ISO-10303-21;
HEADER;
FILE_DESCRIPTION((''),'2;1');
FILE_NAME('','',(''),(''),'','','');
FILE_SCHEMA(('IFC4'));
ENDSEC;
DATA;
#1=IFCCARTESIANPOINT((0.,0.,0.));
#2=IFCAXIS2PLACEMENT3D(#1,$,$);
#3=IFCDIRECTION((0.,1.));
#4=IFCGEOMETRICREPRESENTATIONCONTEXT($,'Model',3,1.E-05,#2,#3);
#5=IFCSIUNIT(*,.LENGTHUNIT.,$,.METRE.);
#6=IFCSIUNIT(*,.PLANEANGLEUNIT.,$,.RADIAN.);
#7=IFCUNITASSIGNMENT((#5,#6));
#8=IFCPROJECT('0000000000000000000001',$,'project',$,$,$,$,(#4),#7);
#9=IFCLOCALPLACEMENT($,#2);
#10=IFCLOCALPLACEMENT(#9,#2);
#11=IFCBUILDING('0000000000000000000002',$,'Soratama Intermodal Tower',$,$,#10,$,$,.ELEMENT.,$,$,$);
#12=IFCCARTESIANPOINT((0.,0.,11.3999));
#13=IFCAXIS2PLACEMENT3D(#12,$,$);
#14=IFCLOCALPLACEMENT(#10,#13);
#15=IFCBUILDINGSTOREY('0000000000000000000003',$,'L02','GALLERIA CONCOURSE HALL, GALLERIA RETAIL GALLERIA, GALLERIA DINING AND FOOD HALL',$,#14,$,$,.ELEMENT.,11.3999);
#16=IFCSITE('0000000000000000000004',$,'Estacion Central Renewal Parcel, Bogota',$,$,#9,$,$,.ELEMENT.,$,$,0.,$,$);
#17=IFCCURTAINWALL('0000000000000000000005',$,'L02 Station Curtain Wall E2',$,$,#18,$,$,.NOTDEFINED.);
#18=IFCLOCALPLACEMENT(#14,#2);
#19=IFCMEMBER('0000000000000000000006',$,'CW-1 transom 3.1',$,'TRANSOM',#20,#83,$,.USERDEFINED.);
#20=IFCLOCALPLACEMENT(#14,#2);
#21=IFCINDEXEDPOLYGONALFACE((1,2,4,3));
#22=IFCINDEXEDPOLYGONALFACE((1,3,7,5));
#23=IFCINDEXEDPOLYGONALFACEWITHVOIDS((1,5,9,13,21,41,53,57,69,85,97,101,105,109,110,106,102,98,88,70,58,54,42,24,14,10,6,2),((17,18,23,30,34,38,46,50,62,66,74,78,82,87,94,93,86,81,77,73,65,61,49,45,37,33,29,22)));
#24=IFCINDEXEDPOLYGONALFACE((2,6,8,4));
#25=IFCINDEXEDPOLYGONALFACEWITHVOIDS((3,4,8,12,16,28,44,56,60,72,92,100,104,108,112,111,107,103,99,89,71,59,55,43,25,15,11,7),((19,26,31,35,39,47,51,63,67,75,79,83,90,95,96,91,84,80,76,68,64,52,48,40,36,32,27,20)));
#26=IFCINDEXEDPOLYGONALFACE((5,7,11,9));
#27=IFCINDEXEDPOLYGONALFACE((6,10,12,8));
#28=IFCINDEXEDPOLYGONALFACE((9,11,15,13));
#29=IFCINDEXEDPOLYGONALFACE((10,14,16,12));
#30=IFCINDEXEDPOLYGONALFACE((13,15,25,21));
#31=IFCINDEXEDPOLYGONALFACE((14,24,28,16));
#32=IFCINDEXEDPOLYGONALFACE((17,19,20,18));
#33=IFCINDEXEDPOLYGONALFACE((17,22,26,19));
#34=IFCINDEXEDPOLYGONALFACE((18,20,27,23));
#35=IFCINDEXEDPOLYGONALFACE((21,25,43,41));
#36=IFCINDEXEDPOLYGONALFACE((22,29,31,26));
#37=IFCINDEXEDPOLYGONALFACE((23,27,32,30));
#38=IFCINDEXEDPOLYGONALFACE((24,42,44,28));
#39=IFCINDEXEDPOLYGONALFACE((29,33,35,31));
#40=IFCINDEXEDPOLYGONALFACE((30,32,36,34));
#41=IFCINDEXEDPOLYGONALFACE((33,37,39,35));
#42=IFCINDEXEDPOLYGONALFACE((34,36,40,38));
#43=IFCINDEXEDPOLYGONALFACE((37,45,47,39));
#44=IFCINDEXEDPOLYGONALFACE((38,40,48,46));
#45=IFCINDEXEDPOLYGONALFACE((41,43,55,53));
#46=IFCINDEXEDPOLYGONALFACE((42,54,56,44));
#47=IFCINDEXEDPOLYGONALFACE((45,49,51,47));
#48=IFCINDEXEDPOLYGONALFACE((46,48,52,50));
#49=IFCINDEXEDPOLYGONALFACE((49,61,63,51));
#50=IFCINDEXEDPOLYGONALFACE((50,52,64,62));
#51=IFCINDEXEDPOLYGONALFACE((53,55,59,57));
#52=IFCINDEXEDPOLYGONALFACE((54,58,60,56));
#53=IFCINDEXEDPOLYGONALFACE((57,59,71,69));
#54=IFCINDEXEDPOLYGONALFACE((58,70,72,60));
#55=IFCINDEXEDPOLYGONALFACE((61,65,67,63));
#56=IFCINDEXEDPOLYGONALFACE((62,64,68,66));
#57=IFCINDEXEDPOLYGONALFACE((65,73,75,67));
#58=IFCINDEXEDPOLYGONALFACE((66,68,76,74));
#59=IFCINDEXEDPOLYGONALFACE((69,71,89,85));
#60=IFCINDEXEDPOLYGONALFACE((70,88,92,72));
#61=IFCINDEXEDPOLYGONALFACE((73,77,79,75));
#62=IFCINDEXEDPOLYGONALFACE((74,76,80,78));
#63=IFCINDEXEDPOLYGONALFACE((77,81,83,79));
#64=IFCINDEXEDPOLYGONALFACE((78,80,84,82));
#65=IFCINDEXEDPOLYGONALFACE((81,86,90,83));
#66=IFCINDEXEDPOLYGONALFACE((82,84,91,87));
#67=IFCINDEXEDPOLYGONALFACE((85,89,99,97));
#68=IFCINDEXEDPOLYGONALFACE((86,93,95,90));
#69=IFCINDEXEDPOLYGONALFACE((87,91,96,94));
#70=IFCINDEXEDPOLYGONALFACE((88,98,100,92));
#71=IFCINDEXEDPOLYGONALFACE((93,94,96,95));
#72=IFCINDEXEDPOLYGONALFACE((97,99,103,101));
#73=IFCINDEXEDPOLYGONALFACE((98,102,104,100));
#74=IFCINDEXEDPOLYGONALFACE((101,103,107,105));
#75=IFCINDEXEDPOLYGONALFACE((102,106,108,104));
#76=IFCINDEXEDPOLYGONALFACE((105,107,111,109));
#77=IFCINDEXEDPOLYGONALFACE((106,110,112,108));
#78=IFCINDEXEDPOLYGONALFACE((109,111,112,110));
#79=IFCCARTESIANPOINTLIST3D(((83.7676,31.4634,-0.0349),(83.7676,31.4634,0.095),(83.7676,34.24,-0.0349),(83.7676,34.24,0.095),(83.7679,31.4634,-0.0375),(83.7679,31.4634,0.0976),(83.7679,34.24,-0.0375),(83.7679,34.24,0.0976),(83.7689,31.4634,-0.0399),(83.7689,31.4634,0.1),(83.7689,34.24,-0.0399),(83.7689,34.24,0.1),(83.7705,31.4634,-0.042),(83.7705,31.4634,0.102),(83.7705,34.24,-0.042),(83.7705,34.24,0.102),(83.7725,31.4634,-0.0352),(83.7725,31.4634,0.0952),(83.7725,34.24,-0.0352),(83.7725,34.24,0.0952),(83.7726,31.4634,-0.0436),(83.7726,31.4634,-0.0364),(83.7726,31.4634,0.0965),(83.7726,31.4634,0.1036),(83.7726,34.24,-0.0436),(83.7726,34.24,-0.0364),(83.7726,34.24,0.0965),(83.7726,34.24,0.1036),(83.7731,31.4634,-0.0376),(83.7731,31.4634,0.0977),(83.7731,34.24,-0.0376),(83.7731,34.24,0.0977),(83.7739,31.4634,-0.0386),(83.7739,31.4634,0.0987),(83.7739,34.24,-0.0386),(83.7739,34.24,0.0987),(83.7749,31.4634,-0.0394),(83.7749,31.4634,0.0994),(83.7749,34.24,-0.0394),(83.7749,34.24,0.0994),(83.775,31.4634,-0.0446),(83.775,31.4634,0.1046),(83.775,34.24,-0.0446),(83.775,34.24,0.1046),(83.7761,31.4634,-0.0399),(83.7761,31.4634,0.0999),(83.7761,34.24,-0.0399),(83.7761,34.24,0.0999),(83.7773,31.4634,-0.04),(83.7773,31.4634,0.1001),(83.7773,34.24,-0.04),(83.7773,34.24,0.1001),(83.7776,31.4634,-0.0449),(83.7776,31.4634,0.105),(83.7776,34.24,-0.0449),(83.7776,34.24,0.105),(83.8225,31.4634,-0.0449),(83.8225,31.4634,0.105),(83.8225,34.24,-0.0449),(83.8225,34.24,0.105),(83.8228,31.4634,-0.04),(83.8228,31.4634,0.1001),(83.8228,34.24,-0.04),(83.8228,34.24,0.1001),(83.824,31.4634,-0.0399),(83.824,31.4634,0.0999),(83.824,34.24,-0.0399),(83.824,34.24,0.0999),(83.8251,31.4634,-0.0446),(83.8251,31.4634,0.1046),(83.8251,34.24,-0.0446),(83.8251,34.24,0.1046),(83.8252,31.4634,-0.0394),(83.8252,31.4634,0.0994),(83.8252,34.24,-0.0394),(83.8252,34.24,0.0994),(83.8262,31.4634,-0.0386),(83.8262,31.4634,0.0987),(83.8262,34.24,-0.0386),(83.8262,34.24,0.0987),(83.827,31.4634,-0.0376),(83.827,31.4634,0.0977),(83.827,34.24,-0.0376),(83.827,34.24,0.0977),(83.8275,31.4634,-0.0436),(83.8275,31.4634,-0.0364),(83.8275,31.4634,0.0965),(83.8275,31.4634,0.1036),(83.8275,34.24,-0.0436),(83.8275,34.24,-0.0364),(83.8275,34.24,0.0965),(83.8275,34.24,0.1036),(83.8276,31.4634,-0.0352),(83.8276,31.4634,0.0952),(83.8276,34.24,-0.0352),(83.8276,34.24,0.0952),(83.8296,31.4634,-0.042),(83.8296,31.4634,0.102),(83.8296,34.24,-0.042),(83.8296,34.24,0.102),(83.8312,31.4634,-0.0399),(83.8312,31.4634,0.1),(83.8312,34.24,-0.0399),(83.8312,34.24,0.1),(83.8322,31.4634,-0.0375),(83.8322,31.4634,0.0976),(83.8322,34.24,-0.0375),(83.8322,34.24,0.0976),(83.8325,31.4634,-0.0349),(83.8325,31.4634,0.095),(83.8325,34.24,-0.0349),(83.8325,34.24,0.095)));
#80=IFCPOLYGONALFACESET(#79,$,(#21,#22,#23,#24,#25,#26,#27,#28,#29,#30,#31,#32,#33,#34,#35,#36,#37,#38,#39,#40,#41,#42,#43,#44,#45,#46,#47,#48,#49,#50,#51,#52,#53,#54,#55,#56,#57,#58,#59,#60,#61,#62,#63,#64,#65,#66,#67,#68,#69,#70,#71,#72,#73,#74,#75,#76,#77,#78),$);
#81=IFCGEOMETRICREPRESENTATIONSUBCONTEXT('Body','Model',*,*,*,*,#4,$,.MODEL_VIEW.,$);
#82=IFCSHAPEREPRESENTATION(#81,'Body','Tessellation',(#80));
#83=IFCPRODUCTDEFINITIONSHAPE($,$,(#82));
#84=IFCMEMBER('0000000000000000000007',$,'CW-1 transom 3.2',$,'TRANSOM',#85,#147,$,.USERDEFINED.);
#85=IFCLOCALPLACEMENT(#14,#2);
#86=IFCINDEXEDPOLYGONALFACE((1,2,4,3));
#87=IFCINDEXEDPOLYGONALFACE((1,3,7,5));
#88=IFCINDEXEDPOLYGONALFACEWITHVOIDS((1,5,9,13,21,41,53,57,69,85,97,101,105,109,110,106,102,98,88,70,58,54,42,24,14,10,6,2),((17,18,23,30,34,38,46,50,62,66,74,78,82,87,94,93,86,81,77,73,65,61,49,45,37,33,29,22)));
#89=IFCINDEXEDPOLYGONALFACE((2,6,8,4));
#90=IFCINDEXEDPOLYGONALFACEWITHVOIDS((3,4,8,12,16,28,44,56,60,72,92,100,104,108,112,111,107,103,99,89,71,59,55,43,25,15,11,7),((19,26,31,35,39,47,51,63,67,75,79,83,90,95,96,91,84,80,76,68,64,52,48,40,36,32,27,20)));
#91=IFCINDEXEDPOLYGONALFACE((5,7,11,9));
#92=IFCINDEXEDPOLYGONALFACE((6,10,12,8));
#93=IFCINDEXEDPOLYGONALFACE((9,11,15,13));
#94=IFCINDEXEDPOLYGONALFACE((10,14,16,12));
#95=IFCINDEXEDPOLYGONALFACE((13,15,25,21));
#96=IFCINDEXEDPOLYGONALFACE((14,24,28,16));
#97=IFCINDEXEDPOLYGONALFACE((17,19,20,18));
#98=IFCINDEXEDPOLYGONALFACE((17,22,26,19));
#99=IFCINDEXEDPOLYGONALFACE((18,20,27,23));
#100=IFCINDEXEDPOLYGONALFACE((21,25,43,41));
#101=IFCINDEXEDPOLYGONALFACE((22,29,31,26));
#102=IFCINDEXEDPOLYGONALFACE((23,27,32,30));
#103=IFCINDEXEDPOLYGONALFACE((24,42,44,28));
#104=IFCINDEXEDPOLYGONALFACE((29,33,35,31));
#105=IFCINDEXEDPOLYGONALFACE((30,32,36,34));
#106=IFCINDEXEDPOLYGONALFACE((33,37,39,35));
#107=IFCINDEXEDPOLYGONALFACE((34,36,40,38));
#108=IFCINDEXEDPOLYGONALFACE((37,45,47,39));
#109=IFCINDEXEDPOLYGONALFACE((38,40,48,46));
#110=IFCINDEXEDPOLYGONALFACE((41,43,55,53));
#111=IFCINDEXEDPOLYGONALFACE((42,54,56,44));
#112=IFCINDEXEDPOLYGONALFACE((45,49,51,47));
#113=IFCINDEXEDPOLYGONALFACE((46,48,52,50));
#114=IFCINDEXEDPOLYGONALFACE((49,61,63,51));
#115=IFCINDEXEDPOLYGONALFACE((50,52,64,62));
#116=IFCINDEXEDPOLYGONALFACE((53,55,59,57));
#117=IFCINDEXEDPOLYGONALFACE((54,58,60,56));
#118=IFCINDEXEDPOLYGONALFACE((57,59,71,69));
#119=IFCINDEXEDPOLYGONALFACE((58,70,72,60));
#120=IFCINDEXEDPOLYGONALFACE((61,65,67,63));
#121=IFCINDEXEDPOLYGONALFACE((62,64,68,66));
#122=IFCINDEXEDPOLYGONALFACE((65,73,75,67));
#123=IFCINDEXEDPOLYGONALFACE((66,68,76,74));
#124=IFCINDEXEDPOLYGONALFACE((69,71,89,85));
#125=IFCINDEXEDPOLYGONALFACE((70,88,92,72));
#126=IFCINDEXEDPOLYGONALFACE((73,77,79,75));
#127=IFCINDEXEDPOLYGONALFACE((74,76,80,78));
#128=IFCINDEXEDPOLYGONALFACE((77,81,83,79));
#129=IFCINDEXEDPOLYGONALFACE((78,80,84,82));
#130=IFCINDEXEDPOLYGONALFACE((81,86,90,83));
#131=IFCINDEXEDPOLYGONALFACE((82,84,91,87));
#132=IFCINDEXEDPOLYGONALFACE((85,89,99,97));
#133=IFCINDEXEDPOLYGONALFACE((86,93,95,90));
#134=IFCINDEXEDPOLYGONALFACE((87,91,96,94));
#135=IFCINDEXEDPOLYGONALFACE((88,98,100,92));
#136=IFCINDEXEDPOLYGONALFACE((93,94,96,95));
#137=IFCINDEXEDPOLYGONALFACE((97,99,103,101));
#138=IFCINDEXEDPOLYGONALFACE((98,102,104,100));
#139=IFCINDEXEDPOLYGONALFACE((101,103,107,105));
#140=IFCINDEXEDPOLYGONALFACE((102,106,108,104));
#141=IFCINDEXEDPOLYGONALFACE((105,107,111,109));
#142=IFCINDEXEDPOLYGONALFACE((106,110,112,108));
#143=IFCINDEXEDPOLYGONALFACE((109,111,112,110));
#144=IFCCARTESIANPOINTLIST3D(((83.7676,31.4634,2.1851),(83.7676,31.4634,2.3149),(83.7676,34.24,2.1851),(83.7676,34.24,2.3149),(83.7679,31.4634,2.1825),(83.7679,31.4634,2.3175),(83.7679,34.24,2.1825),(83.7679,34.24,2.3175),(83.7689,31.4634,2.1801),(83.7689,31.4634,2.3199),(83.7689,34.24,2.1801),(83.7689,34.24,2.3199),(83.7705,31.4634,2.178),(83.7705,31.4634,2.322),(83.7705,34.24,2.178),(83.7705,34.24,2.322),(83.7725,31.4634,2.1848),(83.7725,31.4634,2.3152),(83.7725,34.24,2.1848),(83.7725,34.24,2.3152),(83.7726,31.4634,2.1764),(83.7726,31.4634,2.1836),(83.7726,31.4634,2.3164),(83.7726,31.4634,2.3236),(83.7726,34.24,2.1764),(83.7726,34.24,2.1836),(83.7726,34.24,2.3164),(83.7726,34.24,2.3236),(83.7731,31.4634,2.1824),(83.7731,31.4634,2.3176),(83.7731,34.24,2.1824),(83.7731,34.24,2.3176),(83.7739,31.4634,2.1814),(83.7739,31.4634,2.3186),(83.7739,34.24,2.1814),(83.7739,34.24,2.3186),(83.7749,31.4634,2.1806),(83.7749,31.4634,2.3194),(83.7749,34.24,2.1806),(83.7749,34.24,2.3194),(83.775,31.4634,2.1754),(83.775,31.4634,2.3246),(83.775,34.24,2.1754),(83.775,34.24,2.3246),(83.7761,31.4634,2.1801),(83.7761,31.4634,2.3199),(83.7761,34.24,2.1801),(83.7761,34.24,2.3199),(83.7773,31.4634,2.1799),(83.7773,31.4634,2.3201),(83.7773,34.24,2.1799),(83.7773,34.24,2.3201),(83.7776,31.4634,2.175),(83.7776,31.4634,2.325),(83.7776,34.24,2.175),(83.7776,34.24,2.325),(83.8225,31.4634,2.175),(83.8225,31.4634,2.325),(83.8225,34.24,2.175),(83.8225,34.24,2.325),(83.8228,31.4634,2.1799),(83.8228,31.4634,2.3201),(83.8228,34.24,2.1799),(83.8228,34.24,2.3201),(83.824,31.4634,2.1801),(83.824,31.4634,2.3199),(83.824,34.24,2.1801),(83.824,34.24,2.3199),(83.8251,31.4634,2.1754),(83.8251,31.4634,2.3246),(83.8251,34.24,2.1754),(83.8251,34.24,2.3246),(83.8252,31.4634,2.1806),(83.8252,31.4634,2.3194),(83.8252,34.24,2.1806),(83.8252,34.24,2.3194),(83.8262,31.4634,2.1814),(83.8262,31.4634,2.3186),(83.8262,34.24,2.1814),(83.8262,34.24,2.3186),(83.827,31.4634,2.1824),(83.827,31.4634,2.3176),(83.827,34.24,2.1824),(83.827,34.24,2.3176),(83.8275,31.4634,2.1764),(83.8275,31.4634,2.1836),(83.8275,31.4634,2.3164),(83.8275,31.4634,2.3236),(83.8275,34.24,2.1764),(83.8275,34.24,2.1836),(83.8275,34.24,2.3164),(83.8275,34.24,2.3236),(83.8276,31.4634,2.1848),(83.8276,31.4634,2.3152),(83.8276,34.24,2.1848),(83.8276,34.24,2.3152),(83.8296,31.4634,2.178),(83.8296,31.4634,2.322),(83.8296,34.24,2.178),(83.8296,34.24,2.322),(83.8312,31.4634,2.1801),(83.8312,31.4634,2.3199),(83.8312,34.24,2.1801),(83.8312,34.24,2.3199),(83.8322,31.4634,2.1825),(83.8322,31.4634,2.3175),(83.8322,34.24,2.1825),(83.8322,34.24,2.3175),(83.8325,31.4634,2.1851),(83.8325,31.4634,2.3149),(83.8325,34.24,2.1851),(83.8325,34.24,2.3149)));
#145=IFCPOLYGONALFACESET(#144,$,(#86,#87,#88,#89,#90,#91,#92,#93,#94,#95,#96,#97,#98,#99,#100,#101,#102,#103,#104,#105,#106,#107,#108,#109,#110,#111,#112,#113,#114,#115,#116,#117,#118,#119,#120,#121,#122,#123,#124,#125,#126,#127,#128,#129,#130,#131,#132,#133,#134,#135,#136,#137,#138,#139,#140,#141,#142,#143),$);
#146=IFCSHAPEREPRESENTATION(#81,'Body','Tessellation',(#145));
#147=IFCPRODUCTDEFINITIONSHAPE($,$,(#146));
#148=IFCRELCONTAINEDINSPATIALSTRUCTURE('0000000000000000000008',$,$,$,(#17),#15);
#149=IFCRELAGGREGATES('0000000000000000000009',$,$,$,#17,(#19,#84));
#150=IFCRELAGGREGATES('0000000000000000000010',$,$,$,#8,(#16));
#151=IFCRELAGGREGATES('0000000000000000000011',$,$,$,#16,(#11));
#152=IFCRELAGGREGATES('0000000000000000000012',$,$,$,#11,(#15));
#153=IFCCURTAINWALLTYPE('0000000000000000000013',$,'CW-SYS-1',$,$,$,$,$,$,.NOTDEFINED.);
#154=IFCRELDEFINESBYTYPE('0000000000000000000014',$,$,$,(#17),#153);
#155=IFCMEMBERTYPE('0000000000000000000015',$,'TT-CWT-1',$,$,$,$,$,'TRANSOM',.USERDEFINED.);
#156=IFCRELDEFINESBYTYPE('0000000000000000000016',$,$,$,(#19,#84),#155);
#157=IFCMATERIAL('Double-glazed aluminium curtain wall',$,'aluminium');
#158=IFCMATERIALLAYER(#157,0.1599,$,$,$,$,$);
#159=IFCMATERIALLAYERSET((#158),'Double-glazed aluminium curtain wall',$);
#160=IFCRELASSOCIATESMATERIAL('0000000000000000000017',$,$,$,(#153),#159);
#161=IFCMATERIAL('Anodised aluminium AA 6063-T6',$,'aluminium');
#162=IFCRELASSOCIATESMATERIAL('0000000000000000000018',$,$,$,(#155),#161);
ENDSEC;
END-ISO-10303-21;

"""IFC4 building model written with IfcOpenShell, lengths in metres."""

from ifc_helpers import new_model, si_unit, direction, frame, origin, origin_2d, place, context, subcontext, project, spatial, hollow_rectangle, extrude, material, layer, layer_set, material_profile, profile_set, type_object, element, aggregate, save


model = new_model("IFC4")

# Units and contexts
model_context = context("Model", 3, precision=1e-05, world=origin(), true_north=direction((0.0, 1.0)))
body_context = subcontext(model_context, "Body", "Model", "MODEL_VIEW")
ifc_project = project(units=[si_unit("LENGTHUNIT", "METRE"), si_unit("PLANEANGLEUNIT", "RADIAN")], contexts=[model_context])

# Site, building, storey
site_placement = place(None, origin())
site = spatial("IfcSite", under=ifc_project, at=site_placement, Name="Estacion Central Renewal Parcel, Bogota", CompositionType="ELEMENT", RefElevation=0.0)
building_placement = place(site_placement, origin())
building = spatial("IfcBuilding", under=site, at=building_placement, Name="Soratama Intermodal Tower", CompositionType="ELEMENT")
storey_placement = place(building_placement, frame((0.0, 0.0, 11.3999)))
storey = spatial("IfcBuildingStorey", under=building, at=storey_placement, Name="L02", Description="GALLERIA CONCOURSE HALL, GALLERIA RETAIL GALLERIA, GALLERIA DINING AND FOOD HALL", CompositionType="ELEMENT", Elevation=11.3999)

# Curtain wall, members
ifc_material_1 = material(Name="Double-glazed aluminium curtain wall", Category="aluminium")
ifc_layer_1 = layer(ifc_material_1, 0.1599)
ifc_layer_set_1 = layer_set([ifc_layer_1], Name="Double-glazed aluminium curtain wall")
curtain_wall_type = type_object("IfcCurtainWallType", Name="CW-SYS-1", PredefinedType="NOTDEFINED", material=ifc_layer_set_1)
curtain_wall_placement = place(storey_placement, origin())
curtain_wall = element("IfcCurtainWall", 1, at=curtain_wall_placement, inside=storey, type_object=curtain_wall_type, Name="L02 Station Curtain Wall E2", PredefinedType="NOTDEFINED")
ifc_material_2 = material(Name="Anodised aluminium AA 6063-T6", Category="aluminium")
ifc_material_profile_1 = material_profile(ifc_material_2, hollow_rectangle(XDim=0.0649, YDim=0.1499, WallThickness=0.0049, InnerFilletRadius=0.0049, OuterFilletRadius=0.01, at=origin_2d()), Name="CWT150X65X5")
ifc_profile_set_1 = profile_set([ifc_material_profile_1], Name="Anodised aluminium AA 6063-T6")
member_type_1 = type_object("IfcMemberType", Name="TT-CWT-1", ElementType="TRANSOM", PredefinedType="USERDEFINED", material=ifc_profile_set_1)
member_1_placement = place(storey_placement, frame((83.8, 31.4634, 0.03), z_axis=(0.0, 1.0, 0.0), x_axis=(-1.0, 0.0, 0.0)))
member_1 = element("IfcMember", 2, at=member_1_placement, type_object=member_type_1, Name="CW-1 transom 3.1", ObjectType="TRANSOM", PredefinedType="USERDEFINED", context=body_context, shape_type="SweptSolid", body=[
    extrude(hollow_rectangle(XDim=0.0649, YDim=0.1499, WallThickness=0.0049, InnerFilletRadius=0.0049, OuterFilletRadius=0.01, at=origin_2d()), origin(), (0.0, 0.0, 1.0), 2.7766),
])
member_2_placement = place(storey_placement, frame((83.8, 31.4634, 2.25), z_axis=(0.0, 1.0, 0.0), x_axis=(-1.0, 0.0, 0.0)))
member_2 = element("IfcMember", 3, at=member_2_placement, type_object=member_type_1, Name="CW-1 transom 3.2", ObjectType="TRANSOM", PredefinedType="USERDEFINED", context=body_context, shape_type="SweptSolid", body=[
    extrude(hollow_rectangle(XDim=0.0649, YDim=0.1499, WallThickness=0.0049, InnerFilletRadius=0.0049, OuterFilletRadius=0.01, at=origin_2d()), origin(), (0.0, 0.0, 1.0), 2.7766),
])
aggregate(curtain_wall, [member_1, member_2])

save(model, "model.ifc")
